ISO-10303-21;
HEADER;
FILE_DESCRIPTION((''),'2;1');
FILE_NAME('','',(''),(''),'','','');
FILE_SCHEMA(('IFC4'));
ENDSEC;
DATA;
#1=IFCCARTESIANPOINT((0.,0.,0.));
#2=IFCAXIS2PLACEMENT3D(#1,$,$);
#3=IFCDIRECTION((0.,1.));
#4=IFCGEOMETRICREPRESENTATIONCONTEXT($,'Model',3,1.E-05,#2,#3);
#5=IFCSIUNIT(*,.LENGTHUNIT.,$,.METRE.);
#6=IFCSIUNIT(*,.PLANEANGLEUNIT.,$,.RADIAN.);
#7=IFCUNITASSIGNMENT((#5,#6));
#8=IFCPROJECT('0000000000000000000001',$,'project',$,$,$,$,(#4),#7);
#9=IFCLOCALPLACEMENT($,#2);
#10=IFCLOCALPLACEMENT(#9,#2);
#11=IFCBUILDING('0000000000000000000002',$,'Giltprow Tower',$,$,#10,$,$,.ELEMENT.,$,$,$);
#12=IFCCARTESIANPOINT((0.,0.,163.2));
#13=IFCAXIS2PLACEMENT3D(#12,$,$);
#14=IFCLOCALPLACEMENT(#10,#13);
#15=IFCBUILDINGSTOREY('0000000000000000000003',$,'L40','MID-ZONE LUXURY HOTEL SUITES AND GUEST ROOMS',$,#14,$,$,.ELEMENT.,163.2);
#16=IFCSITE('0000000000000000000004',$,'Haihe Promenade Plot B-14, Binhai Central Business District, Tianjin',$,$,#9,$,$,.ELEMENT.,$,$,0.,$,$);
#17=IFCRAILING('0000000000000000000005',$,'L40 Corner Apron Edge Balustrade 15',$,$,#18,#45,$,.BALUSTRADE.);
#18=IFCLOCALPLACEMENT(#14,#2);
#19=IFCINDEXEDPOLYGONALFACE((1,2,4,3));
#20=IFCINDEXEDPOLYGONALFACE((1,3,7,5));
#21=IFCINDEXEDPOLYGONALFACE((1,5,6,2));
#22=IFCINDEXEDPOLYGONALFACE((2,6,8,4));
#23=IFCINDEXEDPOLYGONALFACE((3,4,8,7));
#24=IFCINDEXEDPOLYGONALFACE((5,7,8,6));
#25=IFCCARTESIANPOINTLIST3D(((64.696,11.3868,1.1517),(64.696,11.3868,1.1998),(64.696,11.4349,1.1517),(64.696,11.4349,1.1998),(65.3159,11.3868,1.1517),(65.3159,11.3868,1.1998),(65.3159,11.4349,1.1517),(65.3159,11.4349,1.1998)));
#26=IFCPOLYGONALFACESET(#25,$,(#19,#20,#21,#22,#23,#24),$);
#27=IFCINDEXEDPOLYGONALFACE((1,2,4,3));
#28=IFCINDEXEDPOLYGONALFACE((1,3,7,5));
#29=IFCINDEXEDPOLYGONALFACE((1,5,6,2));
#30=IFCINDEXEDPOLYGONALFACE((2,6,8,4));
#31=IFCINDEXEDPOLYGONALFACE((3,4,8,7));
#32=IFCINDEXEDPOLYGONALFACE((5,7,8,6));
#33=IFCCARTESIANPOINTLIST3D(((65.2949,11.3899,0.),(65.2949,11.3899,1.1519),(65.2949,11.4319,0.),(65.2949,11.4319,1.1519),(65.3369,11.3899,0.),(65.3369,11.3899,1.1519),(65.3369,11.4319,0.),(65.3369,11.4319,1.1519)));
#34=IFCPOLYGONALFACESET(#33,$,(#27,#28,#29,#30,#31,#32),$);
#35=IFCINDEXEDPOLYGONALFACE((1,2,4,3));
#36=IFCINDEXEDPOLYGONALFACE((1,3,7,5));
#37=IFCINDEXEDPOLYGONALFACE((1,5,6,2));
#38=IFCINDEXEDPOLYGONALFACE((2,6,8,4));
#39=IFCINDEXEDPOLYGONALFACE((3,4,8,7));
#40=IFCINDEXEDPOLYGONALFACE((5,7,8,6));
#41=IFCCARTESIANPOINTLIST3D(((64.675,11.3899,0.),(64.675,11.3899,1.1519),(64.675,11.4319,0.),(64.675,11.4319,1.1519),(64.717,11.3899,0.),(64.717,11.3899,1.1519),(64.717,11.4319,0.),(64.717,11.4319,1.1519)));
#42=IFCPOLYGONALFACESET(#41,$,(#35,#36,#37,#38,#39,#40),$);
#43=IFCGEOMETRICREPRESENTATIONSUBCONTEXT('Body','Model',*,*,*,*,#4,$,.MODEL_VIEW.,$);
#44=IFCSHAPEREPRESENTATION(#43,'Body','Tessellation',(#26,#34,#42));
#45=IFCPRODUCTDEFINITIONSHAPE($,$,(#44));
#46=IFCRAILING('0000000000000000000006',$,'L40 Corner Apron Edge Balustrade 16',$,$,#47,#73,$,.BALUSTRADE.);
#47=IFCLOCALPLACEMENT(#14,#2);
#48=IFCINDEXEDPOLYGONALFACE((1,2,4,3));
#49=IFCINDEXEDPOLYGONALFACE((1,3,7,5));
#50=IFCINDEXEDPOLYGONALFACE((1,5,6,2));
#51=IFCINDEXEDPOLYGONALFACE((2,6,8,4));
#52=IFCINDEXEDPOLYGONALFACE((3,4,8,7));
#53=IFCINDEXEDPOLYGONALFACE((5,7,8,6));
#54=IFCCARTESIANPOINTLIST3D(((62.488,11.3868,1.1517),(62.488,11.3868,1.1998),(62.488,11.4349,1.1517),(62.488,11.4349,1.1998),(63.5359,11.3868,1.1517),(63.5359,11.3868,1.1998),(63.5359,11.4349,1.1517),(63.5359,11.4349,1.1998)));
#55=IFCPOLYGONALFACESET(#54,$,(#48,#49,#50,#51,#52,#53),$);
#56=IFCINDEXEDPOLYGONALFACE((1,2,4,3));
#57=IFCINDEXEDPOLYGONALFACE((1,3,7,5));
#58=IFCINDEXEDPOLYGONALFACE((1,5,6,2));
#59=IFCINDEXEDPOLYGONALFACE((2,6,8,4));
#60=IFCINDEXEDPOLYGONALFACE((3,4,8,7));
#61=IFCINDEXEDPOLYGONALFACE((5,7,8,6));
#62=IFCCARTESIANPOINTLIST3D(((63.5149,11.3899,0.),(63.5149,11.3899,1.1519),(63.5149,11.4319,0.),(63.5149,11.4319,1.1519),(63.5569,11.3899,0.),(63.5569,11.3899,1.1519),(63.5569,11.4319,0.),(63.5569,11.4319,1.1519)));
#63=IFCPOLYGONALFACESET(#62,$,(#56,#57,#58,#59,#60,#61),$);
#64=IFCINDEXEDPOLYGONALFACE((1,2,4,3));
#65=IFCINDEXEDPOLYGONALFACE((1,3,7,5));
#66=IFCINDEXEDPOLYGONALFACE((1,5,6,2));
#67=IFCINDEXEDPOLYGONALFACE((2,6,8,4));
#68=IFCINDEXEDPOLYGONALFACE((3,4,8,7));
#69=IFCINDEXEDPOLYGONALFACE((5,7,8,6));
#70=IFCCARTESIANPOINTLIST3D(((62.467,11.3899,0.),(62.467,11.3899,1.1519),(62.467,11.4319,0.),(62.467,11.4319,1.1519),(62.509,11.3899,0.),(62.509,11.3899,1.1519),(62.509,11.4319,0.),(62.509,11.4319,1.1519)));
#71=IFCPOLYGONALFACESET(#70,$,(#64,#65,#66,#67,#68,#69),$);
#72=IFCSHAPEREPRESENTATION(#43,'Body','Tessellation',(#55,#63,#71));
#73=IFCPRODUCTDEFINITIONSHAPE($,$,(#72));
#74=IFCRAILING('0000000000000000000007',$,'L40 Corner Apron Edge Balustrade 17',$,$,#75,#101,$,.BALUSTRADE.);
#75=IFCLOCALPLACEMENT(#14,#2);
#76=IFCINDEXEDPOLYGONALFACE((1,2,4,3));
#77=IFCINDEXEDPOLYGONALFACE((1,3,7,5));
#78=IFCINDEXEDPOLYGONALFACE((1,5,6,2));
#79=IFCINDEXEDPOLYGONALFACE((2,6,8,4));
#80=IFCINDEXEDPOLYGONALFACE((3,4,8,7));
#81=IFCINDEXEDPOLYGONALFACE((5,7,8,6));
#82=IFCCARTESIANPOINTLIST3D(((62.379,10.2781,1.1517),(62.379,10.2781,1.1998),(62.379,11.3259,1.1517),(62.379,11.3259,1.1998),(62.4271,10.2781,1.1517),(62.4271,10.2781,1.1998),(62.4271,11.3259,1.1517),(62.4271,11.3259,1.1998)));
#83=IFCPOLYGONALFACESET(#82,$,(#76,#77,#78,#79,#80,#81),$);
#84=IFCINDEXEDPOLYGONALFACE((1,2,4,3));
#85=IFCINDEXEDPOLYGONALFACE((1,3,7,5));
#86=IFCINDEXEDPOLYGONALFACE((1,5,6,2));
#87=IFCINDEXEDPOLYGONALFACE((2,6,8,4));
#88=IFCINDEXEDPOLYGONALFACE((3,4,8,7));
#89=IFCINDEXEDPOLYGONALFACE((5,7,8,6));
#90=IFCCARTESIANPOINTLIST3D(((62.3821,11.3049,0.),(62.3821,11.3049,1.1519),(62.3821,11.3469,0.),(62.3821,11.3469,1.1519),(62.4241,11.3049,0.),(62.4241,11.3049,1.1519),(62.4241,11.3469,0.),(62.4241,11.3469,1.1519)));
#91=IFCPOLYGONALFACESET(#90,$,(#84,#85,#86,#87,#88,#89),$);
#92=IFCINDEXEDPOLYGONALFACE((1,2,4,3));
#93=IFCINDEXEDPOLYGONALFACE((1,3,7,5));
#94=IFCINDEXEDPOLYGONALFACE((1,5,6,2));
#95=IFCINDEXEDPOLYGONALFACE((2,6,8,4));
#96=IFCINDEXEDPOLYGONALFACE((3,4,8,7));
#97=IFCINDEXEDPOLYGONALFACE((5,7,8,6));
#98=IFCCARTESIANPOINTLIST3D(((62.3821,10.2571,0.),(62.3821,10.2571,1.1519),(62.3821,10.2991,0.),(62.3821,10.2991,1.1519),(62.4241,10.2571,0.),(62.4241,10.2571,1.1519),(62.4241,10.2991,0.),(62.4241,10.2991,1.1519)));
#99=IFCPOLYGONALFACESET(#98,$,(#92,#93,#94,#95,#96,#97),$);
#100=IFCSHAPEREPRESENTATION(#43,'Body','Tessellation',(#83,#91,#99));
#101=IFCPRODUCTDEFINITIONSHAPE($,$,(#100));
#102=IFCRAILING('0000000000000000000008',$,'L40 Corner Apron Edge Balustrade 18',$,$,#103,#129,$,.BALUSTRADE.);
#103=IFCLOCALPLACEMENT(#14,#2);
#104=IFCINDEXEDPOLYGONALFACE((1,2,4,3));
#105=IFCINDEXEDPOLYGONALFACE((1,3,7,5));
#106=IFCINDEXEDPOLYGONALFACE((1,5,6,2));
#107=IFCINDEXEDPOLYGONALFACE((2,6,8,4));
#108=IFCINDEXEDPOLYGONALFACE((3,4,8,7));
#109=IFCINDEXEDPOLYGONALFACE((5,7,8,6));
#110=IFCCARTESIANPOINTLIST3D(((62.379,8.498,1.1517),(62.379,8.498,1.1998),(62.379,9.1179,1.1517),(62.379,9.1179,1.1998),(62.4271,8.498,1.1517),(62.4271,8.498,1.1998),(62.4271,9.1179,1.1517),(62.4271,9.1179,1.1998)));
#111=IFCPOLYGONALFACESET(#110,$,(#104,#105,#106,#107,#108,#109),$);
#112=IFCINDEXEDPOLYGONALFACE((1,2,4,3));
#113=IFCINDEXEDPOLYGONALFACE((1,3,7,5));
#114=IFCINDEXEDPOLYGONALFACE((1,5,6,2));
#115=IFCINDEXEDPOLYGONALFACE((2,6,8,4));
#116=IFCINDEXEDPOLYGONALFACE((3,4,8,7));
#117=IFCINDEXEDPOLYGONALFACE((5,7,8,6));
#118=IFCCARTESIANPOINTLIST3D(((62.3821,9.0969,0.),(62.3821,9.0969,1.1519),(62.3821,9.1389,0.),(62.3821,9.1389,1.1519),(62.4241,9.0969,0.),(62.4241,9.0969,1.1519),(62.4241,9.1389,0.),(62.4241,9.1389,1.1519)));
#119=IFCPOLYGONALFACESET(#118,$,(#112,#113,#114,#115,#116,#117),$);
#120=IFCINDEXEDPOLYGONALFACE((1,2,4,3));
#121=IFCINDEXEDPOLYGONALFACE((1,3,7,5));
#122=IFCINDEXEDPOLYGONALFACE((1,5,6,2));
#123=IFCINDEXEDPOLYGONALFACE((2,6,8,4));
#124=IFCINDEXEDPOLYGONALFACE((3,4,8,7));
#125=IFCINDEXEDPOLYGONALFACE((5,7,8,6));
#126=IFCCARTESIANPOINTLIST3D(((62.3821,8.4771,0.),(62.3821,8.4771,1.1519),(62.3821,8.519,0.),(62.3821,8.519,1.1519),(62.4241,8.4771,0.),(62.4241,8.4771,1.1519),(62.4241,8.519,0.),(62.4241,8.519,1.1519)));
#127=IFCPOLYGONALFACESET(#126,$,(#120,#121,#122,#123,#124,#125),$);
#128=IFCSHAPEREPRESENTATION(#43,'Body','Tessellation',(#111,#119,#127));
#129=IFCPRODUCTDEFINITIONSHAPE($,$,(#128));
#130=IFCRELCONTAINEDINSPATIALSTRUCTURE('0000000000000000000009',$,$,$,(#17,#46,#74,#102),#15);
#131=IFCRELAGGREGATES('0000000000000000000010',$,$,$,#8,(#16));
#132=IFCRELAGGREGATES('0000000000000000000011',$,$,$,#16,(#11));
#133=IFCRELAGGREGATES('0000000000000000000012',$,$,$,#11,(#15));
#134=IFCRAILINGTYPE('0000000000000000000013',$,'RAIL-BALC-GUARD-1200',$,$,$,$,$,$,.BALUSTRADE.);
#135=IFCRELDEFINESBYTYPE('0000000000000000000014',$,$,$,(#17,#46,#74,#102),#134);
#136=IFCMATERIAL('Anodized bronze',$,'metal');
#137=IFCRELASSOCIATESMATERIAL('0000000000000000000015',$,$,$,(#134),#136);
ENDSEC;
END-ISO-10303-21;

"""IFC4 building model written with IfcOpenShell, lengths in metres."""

from ifc_helpers import new_model, si_unit, direction, frame, origin, origin_2d, place, context, subcontext, project, spatial, rectangle, extrude, material, type_object, element, save


model = new_model("IFC4")

# Units and contexts
model_context = context("Model", 3, precision=1e-05, world=origin(), true_north=direction((0.0, 1.0)))
body_context = subcontext(model_context, "Body", "Model", "MODEL_VIEW")
ifc_project = project(units=[si_unit("LENGTHUNIT", "METRE"), si_unit("PLANEANGLEUNIT", "RADIAN")], contexts=[model_context])

# Site, building, storey
site_placement = place(None, origin())
site = spatial("IfcSite", under=ifc_project, at=site_placement, Name="Haihe Promenade Plot B-14, Binhai Central Business District, Tianjin", CompositionType="ELEMENT", RefElevation=0.0)
building_placement = place(site_placement, origin())
building = spatial("IfcBuilding", under=site, at=building_placement, Name="Giltprow Tower", CompositionType="ELEMENT")
storey_placement = place(building_placement, frame((0.0, 0.0, 163.2)))
storey = spatial("IfcBuildingStorey", under=building, at=storey_placement, Name="L40", Description="MID-ZONE LUXURY HOTEL SUITES AND GUEST ROOMS", CompositionType="ELEMENT", Elevation=163.2)

# Shared definitions
ifc_material_1 = material(Name="Anodized bronze", Category="metal")

# Railings
railing_type = type_object("IfcRailingType", Name="RAIL-BALC-GUARD-1200", PredefinedType="BALUSTRADE", material=ifc_material_1)
railing_1_placement = place(storey_placement, frame((65.3159, 11.4109, 0.0)))
element("IfcRailing", 1, at=railing_1_placement, inside=storey, type_object=railing_type, Name="L40 Corner Apron Edge Balustrade 15", PredefinedType="BALUSTRADE", context=body_context, shape_type="SweptSolid", body=[
    extrude(rectangle(XDim=0.0481, YDim=0.0481, at=origin_2d()), frame((0.0, 0.0, 1.1758), z_axis=(-1.0, 0.0, 0.0), x_axis=(0.0, -1.0, 0.0)), (0.0, 0.0, 1.0), 0.6199),
    extrude(rectangle(XDim=0.042, YDim=0.042, at=origin_2d()), origin(), (0.0, 0.0, 1.0), 1.1519),
    extrude(rectangle(XDim=0.042, YDim=0.042, at=origin_2d()), frame((-0.6199, 0.0, 0.0)), (0.0, 0.0, 1.0), 1.1519),
])
railing_2_placement = place(storey_placement, frame((63.5359, 11.4109, 0.0)))
element("IfcRailing", 2, at=railing_2_placement, inside=storey, type_object=railing_type, Name="L40 Corner Apron Edge Balustrade 16", PredefinedType="BALUSTRADE", context=body_context, shape_type="SweptSolid", body=[
    extrude(rectangle(XDim=0.0481, YDim=0.0481, at=origin_2d()), frame((0.0, 0.0, 1.1758), z_axis=(-1.0, 0.0, 0.0), x_axis=(0.0, -1.0, 0.0)), (0.0, 0.0, 1.0), 1.0479),
    extrude(rectangle(XDim=0.042, YDim=0.042, at=origin_2d()), origin(), (0.0, 0.0, 1.0), 1.1519),
    extrude(rectangle(XDim=0.042, YDim=0.042, at=origin_2d()), frame((-1.0479, 0.0, 0.0)), (0.0, 0.0, 1.0), 1.1519),
])
railing_3_placement = place(storey_placement, frame((62.4031, 11.3259, 0.0)))
element("IfcRailing", 3, at=railing_3_placement, inside=storey, type_object=railing_type, Name="L40 Corner Apron Edge Balustrade 17", PredefinedType="BALUSTRADE", context=body_context, shape_type="SweptSolid", body=[
    extrude(rectangle(XDim=0.0481, YDim=0.0481, at=origin_2d()), frame((0.0, 0.0, 1.1758), z_axis=(0.0, -1.0, 0.0), x_axis=(1.0, 0.0, 0.0)), (0.0, 0.0, 1.0), 1.0479),
    extrude(rectangle(XDim=0.042, YDim=0.042, at=origin_2d()), origin(), (0.0, 0.0, 1.0), 1.1519),
    extrude(rectangle(XDim=0.042, YDim=0.042, at=origin_2d()), frame((0.0, -1.0479, 0.0)), (0.0, 0.0, 1.0), 1.1519),
])
railing_4_placement = place(storey_placement, frame((62.4031, 9.1179, 0.0)))
element("IfcRailing", 4, at=railing_4_placement, inside=storey, type_object=railing_type, Name="L40 Corner Apron Edge Balustrade 18", PredefinedType="BALUSTRADE", context=body_context, shape_type="SweptSolid", body=[
    extrude(rectangle(XDim=0.0481, YDim=0.0481, at=origin_2d()), frame((0.0, 0.0, 1.1758), z_axis=(0.0, -1.0, 0.0), x_axis=(1.0, 0.0, 0.0)), (0.0, 0.0, 1.0), 0.6199),
    extrude(rectangle(XDim=0.042, YDim=0.042, at=origin_2d()), origin(), (0.0, 0.0, 1.0), 1.1519),
    extrude(rectangle(XDim=0.042, YDim=0.042, at=origin_2d()), frame((0.0, -0.6199, 0.0)), (0.0, 0.0, 1.0), 1.1519),
])

save(model, "model.ifc")
